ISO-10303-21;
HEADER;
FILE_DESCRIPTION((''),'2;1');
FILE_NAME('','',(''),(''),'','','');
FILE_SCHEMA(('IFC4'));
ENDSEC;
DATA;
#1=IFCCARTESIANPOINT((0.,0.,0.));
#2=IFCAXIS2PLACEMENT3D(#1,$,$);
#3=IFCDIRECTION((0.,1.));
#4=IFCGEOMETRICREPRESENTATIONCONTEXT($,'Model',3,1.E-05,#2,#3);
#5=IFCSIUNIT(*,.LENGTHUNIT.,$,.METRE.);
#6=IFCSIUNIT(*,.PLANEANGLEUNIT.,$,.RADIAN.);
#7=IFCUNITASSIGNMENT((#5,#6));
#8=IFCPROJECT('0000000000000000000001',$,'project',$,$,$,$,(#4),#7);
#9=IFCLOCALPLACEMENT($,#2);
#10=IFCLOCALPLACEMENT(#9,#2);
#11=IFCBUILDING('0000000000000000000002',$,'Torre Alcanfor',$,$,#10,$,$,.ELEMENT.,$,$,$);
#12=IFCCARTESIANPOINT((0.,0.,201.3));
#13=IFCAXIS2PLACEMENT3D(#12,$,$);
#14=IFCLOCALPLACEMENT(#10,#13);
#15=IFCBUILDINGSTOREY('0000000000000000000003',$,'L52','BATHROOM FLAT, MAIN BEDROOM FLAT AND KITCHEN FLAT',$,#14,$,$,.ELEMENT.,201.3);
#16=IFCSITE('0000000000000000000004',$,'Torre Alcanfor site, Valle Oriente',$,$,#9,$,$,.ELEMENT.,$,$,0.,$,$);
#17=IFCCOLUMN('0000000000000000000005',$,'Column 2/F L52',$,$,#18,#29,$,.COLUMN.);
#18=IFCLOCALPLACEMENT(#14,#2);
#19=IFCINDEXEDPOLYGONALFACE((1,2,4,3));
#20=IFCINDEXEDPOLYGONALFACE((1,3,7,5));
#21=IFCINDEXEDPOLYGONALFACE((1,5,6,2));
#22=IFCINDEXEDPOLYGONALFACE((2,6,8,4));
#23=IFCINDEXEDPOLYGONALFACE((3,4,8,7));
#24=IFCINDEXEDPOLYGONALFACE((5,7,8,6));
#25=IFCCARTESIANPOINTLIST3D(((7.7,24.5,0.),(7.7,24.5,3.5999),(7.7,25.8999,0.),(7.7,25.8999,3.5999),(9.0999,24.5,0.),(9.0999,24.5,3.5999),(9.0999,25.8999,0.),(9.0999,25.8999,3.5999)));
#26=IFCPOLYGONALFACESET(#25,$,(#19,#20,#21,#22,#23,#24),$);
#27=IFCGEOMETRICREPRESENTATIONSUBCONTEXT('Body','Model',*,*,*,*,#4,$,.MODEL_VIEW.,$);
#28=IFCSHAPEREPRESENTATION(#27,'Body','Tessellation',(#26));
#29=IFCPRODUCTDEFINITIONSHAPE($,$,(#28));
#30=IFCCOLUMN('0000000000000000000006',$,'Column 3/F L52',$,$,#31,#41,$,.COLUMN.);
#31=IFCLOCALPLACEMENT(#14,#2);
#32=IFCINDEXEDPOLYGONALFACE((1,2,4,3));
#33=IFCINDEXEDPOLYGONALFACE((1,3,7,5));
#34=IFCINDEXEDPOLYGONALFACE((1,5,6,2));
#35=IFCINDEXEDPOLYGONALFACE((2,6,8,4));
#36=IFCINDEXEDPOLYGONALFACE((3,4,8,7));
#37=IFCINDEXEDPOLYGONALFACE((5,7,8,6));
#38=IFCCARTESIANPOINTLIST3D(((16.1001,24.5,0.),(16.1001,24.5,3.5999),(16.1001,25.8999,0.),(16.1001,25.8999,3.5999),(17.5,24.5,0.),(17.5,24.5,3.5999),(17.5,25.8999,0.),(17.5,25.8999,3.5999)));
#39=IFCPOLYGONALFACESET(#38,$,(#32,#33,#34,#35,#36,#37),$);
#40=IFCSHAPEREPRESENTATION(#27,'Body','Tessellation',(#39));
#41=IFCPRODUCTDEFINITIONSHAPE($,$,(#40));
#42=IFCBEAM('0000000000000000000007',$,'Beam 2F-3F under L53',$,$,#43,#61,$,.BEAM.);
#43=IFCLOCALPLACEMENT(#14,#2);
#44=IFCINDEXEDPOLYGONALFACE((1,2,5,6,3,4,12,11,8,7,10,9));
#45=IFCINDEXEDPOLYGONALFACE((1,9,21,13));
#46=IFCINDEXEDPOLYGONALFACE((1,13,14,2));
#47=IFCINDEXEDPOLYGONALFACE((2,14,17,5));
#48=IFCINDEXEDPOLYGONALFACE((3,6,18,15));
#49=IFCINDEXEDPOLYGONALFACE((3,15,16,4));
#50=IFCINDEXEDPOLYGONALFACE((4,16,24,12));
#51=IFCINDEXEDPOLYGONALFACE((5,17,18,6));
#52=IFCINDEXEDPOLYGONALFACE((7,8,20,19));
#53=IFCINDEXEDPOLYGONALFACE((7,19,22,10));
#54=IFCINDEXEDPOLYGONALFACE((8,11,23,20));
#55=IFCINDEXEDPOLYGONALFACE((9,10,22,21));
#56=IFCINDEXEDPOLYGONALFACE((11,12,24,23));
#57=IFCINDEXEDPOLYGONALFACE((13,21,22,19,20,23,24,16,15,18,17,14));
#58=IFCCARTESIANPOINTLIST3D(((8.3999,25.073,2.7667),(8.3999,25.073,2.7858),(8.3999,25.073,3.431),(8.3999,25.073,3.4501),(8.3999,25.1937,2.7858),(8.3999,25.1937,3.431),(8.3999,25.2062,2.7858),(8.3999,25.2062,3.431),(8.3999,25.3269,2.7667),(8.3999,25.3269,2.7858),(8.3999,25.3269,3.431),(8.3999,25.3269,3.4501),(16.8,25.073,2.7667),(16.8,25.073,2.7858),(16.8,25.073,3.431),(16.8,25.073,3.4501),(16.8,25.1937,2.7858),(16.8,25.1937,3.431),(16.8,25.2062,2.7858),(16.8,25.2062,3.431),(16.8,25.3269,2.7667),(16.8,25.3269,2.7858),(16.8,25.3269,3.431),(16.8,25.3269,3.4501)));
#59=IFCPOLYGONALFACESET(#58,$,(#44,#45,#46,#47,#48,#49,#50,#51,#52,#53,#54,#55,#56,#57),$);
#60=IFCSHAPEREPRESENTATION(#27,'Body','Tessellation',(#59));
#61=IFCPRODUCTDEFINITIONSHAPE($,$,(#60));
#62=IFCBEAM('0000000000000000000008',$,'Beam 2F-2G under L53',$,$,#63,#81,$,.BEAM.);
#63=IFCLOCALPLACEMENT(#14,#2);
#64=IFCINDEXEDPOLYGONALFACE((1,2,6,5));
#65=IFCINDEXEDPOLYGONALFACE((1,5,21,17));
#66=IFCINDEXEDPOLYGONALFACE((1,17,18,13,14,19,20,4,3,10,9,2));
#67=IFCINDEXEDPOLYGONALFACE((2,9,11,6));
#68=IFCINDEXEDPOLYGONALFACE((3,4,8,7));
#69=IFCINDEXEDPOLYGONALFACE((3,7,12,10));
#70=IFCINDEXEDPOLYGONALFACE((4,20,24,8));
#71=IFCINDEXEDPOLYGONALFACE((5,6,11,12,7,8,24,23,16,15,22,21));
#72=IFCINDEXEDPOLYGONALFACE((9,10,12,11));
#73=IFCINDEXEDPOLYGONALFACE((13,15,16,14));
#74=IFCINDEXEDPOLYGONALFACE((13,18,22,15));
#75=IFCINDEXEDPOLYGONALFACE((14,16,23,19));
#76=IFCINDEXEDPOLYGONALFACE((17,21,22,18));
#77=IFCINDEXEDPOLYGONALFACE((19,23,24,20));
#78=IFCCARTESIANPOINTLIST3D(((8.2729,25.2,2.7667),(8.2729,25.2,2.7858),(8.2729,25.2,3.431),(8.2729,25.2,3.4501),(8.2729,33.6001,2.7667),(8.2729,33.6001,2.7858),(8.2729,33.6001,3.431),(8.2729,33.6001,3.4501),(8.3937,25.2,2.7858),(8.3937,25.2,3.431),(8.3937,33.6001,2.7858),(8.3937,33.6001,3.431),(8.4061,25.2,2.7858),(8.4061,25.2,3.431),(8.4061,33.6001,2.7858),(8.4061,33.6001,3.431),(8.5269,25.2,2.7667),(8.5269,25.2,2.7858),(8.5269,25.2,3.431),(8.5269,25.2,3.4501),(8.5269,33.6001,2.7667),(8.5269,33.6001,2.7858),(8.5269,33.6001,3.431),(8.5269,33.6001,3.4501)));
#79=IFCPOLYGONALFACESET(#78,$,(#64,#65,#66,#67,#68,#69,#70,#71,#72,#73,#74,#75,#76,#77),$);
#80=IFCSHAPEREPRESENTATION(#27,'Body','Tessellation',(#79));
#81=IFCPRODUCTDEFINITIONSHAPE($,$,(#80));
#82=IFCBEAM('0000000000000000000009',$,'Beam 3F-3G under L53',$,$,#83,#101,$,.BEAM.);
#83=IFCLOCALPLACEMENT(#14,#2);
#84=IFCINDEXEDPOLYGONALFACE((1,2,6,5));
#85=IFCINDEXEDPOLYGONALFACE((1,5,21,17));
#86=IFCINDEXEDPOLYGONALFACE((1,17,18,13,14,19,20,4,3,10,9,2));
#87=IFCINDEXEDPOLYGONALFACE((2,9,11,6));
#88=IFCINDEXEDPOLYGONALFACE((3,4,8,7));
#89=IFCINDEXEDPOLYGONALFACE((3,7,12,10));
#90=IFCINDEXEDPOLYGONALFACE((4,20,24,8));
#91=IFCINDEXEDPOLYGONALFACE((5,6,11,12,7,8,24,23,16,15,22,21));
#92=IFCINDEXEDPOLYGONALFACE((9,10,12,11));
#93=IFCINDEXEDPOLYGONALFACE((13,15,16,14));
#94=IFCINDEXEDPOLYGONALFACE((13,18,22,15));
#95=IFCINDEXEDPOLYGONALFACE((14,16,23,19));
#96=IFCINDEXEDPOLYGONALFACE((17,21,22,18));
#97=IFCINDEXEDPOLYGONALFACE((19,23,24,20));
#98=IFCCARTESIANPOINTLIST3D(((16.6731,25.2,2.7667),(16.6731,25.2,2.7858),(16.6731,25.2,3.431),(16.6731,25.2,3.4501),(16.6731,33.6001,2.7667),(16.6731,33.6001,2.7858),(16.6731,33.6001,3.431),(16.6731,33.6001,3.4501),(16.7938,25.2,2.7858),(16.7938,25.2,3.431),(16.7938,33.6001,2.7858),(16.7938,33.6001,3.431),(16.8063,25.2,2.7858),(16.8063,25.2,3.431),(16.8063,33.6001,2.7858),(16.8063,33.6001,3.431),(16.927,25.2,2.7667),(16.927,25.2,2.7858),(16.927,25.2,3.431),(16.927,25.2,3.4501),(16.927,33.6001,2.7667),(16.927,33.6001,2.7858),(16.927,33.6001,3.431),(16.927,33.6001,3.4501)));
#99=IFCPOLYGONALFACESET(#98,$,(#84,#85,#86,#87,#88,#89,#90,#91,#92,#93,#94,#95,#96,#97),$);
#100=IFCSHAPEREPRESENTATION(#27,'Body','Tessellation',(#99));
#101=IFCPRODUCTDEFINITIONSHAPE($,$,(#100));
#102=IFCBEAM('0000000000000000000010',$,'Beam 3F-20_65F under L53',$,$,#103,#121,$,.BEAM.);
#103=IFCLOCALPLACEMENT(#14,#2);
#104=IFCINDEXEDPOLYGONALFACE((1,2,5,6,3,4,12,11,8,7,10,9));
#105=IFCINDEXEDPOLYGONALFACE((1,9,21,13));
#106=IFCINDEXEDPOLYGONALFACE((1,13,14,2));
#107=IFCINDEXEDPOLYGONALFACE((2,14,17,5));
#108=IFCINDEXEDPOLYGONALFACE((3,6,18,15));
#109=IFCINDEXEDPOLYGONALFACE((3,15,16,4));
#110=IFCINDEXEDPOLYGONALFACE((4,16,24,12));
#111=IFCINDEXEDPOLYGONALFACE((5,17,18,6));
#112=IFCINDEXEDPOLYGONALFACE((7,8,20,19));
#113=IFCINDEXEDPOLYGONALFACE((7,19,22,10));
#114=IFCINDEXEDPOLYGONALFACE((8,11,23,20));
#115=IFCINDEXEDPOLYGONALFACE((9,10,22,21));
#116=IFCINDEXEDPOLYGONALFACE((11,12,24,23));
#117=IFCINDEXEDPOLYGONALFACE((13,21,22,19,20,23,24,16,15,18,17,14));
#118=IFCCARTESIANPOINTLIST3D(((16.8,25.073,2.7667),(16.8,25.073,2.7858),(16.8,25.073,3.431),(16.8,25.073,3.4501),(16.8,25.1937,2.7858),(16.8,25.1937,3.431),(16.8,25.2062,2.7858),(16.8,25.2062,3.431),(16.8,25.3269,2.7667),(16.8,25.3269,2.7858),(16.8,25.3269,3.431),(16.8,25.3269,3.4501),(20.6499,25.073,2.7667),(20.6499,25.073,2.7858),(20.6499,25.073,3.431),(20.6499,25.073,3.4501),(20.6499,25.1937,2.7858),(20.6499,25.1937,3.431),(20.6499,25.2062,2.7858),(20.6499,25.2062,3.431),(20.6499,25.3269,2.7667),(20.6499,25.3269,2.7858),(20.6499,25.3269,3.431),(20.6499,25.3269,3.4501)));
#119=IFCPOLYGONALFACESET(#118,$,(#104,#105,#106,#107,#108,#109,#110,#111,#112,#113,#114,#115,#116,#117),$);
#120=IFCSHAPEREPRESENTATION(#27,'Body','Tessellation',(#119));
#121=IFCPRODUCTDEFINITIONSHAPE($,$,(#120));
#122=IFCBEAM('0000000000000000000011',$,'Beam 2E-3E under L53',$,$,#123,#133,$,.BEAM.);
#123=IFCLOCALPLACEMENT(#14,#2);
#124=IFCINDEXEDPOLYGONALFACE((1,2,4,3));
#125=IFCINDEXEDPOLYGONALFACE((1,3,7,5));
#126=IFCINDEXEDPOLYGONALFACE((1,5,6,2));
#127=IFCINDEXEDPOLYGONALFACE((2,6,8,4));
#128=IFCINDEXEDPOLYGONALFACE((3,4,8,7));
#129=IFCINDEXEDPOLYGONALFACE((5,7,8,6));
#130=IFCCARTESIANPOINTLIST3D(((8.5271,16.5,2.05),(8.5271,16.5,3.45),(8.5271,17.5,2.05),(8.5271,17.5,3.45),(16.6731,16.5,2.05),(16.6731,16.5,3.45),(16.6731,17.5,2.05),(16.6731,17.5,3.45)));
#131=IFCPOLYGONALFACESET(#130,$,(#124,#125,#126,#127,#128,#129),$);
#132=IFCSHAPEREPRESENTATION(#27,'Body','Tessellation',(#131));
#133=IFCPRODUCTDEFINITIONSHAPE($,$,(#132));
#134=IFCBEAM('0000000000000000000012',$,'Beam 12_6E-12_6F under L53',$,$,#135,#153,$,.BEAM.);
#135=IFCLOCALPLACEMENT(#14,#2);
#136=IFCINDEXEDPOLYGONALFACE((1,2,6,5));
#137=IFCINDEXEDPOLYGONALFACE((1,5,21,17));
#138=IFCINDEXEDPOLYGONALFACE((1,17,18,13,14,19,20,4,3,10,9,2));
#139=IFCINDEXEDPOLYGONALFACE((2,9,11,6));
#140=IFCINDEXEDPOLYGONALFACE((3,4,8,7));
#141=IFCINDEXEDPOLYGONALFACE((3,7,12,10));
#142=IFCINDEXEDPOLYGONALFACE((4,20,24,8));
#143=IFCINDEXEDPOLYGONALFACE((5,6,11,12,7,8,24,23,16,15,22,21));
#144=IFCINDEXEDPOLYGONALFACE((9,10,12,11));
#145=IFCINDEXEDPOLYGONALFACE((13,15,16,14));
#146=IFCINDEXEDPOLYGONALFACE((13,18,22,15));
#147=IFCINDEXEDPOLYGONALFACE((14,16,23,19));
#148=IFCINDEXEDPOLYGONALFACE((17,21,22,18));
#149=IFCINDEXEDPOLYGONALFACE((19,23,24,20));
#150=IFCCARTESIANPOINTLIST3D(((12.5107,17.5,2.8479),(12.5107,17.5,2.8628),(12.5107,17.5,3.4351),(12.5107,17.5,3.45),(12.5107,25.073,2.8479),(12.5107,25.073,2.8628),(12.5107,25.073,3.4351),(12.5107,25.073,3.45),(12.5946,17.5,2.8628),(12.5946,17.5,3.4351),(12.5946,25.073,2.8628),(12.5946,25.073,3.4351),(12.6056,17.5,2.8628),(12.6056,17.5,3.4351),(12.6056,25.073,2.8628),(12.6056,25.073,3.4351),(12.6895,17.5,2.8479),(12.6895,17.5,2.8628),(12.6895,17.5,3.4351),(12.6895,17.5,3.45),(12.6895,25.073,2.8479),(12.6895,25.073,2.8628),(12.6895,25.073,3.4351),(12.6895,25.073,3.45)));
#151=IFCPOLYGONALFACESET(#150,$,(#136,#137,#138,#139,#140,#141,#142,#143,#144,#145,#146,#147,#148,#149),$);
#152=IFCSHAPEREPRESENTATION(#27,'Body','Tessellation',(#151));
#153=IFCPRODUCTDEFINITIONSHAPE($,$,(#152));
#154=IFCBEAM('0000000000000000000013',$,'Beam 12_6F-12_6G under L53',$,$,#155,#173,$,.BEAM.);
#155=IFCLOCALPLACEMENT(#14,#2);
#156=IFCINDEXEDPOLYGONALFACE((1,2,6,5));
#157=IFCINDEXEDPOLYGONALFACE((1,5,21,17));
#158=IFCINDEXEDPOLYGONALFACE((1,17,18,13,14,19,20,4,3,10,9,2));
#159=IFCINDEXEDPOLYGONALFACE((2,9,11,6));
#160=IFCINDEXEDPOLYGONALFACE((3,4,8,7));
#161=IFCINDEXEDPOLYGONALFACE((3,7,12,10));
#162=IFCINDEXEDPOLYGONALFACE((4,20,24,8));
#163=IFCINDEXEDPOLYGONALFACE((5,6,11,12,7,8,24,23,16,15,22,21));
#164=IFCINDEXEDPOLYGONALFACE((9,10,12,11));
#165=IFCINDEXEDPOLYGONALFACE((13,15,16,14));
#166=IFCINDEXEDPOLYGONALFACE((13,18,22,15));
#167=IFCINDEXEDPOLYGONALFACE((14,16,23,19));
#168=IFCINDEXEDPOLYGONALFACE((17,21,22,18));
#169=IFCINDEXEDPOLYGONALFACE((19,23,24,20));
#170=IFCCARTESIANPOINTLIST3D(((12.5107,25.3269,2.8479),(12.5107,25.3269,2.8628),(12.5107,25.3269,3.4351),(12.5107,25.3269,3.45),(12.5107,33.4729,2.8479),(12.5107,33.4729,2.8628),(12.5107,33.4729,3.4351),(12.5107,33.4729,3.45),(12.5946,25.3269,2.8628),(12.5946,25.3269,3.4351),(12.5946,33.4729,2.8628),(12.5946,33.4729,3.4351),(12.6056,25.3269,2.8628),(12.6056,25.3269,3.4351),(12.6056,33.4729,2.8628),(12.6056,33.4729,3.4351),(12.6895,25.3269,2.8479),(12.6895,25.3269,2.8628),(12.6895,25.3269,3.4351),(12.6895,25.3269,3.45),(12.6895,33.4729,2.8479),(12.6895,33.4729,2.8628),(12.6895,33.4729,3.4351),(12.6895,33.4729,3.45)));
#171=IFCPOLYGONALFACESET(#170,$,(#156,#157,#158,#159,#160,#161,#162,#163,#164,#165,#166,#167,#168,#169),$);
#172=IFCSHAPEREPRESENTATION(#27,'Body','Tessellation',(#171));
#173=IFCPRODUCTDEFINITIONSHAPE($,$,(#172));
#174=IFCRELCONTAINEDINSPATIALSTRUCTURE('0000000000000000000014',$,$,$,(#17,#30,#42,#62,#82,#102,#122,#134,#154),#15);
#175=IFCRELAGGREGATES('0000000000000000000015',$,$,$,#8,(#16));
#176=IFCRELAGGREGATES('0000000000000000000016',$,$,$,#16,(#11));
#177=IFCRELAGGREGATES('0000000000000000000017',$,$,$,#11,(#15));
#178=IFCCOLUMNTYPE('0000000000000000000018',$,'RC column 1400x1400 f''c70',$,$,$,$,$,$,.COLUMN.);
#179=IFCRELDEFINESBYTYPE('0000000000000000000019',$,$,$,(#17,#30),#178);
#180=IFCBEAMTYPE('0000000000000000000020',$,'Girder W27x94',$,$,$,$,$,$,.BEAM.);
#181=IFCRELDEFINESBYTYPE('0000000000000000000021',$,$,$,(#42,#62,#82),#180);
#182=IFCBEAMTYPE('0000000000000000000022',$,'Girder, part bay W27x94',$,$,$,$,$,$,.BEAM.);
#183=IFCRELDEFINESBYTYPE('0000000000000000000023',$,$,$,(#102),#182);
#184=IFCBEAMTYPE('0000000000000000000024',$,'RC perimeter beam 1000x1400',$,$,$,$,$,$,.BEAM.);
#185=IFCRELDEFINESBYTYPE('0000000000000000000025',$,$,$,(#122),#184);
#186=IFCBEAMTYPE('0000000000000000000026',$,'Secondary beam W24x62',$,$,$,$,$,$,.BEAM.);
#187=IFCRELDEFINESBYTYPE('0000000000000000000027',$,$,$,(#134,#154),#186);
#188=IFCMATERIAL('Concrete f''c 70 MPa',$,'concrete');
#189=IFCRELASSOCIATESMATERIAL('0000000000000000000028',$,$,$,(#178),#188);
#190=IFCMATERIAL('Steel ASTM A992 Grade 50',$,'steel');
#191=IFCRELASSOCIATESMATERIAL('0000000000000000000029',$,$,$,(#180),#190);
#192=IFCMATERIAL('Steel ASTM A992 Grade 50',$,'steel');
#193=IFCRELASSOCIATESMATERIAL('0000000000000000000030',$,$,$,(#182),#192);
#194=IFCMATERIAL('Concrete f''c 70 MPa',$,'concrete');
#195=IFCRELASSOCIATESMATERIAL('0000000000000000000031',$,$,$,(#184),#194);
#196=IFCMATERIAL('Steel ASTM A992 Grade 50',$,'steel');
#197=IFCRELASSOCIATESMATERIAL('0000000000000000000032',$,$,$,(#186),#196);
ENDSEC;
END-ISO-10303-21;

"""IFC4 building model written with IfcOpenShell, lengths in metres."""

from ifc_helpers import new_model, si_unit, direction, frame, origin, origin_2d, place, context, subcontext, project, spatial, rectangle, i_section, extrude, material, material_profile, profile_set, type_object, element, save


model = new_model("IFC4")

# Units and contexts
model_context = context("Model", 3, precision=1e-05, world=origin(), true_north=direction((0.0, 1.0)))
body_context = subcontext(model_context, "Body", "Model", "MODEL_VIEW")
ifc_project = project(units=[si_unit("LENGTHUNIT", "METRE"), si_unit("PLANEANGLEUNIT", "RADIAN")], contexts=[model_context])

# Site, building, storey
site_placement = place(None, origin())
site = spatial("IfcSite", under=ifc_project, at=site_placement, Name="Torre Alcanfor site, Valle Oriente", CompositionType="ELEMENT", RefElevation=0.0)
building_placement = place(site_placement, origin())
building = spatial("IfcBuilding", under=site, at=building_placement, Name="Torre Alcanfor", CompositionType="ELEMENT")
storey_placement = place(building_placement, frame((0.0, 0.0, 201.3)))
storey = spatial("IfcBuildingStorey", under=building, at=storey_placement, Name="L52", Description="BATHROOM FLAT, MAIN BEDROOM FLAT AND KITCHEN FLAT", CompositionType="ELEMENT", Elevation=201.3)

# Columns
ifc_material_1 = material(Name="Concrete f'c 70 MPa", Category="concrete")
ifc_material_profile_1 = material_profile(ifc_material_1, rectangle(XDim=1.3999, YDim=1.3999, at=origin_2d()), Name="1400x1400")
ifc_profile_set_1 = profile_set([ifc_material_profile_1], Name="Concrete f'c 70 MPa")
column_type = type_object("IfcColumnType", Name="RC column 1400x1400 f'c70", PredefinedType="COLUMN", material=ifc_profile_set_1)
for number, where, z_axis, x_axis, name in (
    (1, (8.3999, 25.2, 0.0), (0.0, 0.0, 1.0), (1.0, 0.0, 0.0), "Column 2/F L52"),
    (2, (16.8, 25.2, 0.0), (0.0, 0.0, 1.0), (1.0, 0.0, 0.0), "Column 3/F L52"),
):
    element("IfcColumn", number, at=place(storey_placement, frame(where, z_axis=z_axis, x_axis=x_axis)), inside=storey, type_object=column_type, Name=name, PredefinedType="COLUMN", context=body_context, shape_type="SweptSolid", body=[
        extrude(rectangle(XDim=1.3999, YDim=1.3999, at=origin_2d()), origin(), (0.0, 0.0, 1.0), 3.5999),
    ])

# Beams
ifc_material_2 = material(Name="Steel ASTM A992 Grade 50", Category="steel")
ifc_material_profile_2 = material_profile(ifc_material_2, i_section(OverallWidth=0.2539, OverallDepth=0.6833, WebThickness=0.0125, FlangeThickness=0.019, at=origin_2d()), Name="W27x94")
ifc_profile_set_2 = profile_set([ifc_material_profile_2], Name="Steel ASTM A992 Grade 50")
beam_type_1 = type_object("IfcBeamType", Name="Girder W27x94", PredefinedType="BEAM", material=ifc_profile_set_2)
for number, where, z_axis, x_axis, name in (
    (3, (8.3999, 25.2, 3.1084), (1.0, 0.0, 0.0), (0.0, 1.0, 0.0), "Beam 2F-3F under L53"),
    (4, (8.3999, 25.2, 3.1084), (0.0, 1.0, 0.0), (-1.0, 0.0, 0.0), "Beam 2F-2G under L53"),
    (5, (16.8, 25.2, 3.1084), (0.0, 1.0, 0.0), (-1.0, 0.0, 0.0), "Beam 3F-3G under L53"),
):
    element("IfcBeam", number, at=place(storey_placement, frame(where, z_axis=z_axis, x_axis=x_axis)), inside=storey, type_object=beam_type_1, Name=name, PredefinedType="BEAM", context=body_context, shape_type="SweptSolid", body=[
        extrude(i_section(OverallWidth=0.2539, OverallDepth=0.6833, WebThickness=0.0125, FlangeThickness=0.019, at=origin_2d()), origin(), (0.0, 0.0, 1.0), 8.4001),
    ])
ifc_material_3 = material(Name="Steel ASTM A992 Grade 50", Category="steel")
ifc_material_profile_3 = material_profile(ifc_material_3, i_section(OverallWidth=0.2539, OverallDepth=0.6833, WebThickness=0.0125, FlangeThickness=0.019, at=origin_2d()), Name="W27x94")
ifc_profile_set_3 = profile_set([ifc_material_profile_3], Name="Steel ASTM A992 Grade 50")
beam_type_2 = type_object("IfcBeamType", Name="Girder, part bay W27x94", PredefinedType="BEAM", material=ifc_profile_set_3)
beam_1_placement = place(storey_placement, frame((16.8, 25.2, 3.1084), z_axis=(1.0, 0.0, 0.0), x_axis=(0.0, 1.0, 0.0)))
element("IfcBeam", 6, at=beam_1_placement, inside=storey, type_object=beam_type_2, Name="Beam 3F-20_65F under L53", PredefinedType="BEAM", context=body_context, shape_type="SweptSolid", body=[
    extrude(i_section(OverallWidth=0.2539, OverallDepth=0.6833, WebThickness=0.0125, FlangeThickness=0.019, at=origin_2d()), origin(), (0.0, 0.0, 1.0), 3.8499),
])
ifc_material_4 = material(Name="Concrete f'c 70 MPa", Category="concrete")
ifc_material_profile_4 = material_profile(ifc_material_4, rectangle(XDim=1.0, YDim=1.3999, at=origin_2d()), Name="1000x1400")
ifc_profile_set_4 = profile_set([ifc_material_profile_4], Name="Concrete f'c 70 MPa")
beam_type_3 = type_object("IfcBeamType", Name="RC perimeter beam 1000x1400", PredefinedType="BEAM", material=ifc_profile_set_4)
beam_2_placement = place(storey_placement, frame((8.5271, 17.0, 2.75), z_axis=(1.0, 0.0, 0.0), x_axis=(0.0, 1.0, 0.0)))
element("IfcBeam", 7, at=beam_2_placement, inside=storey, type_object=beam_type_3, Name="Beam 2E-3E under L53", PredefinedType="BEAM", context=body_context, shape_type="SweptSolid", body=[
    extrude(rectangle(XDim=1.0, YDim=1.3999, at=origin_2d()), origin(), (0.0, 0.0, 1.0), 8.146),
])
ifc_material_5 = material(Name="Steel ASTM A992 Grade 50", Category="steel")
ifc_material_profile_5 = material_profile(ifc_material_5, i_section(OverallWidth=0.1787, OverallDepth=0.6021, WebThickness=0.011, FlangeThickness=0.0149, at=origin_2d()), Name="W24x62")
ifc_profile_set_5 = profile_set([ifc_material_profile_5], Name="Steel ASTM A992 Grade 50")
beam_type_4 = type_object("IfcBeamType", Name="Secondary beam W24x62", PredefinedType="BEAM", material=ifc_profile_set_5)
beam_3_placement = place(storey_placement, frame((12.6001, 17.5, 3.1489), z_axis=(0.0, 1.0, 0.0), x_axis=(-1.0, 0.0, 0.0)))
element("IfcBeam", 8, at=beam_3_placement, inside=storey, type_object=beam_type_4, Name="Beam 12_6E-12_6F under L53", PredefinedType="BEAM", context=body_context, shape_type="SweptSolid", body=[
    extrude(i_section(OverallWidth=0.1787, OverallDepth=0.6021, WebThickness=0.011, FlangeThickness=0.0149, at=origin_2d()), origin(), (0.0, 0.0, 1.0), 7.573),
])
beam_4_placement = place(storey_placement, frame((12.6001, 25.3269, 3.1489), z_axis=(0.0, 1.0, 0.0), x_axis=(-1.0, 0.0, 0.0)))
element("IfcBeam", 9, at=beam_4_placement, inside=storey, type_object=beam_type_4, Name="Beam 12_6F-12_6G under L53", PredefinedType="BEAM", context=body_context, shape_type="SweptSolid", body=[
    extrude(i_section(OverallWidth=0.1787, OverallDepth=0.6021, WebThickness=0.011, FlangeThickness=0.0149, at=origin_2d()), origin(), (0.0, 0.0, 1.0), 8.146),
])

save(model, "model.ifc")
